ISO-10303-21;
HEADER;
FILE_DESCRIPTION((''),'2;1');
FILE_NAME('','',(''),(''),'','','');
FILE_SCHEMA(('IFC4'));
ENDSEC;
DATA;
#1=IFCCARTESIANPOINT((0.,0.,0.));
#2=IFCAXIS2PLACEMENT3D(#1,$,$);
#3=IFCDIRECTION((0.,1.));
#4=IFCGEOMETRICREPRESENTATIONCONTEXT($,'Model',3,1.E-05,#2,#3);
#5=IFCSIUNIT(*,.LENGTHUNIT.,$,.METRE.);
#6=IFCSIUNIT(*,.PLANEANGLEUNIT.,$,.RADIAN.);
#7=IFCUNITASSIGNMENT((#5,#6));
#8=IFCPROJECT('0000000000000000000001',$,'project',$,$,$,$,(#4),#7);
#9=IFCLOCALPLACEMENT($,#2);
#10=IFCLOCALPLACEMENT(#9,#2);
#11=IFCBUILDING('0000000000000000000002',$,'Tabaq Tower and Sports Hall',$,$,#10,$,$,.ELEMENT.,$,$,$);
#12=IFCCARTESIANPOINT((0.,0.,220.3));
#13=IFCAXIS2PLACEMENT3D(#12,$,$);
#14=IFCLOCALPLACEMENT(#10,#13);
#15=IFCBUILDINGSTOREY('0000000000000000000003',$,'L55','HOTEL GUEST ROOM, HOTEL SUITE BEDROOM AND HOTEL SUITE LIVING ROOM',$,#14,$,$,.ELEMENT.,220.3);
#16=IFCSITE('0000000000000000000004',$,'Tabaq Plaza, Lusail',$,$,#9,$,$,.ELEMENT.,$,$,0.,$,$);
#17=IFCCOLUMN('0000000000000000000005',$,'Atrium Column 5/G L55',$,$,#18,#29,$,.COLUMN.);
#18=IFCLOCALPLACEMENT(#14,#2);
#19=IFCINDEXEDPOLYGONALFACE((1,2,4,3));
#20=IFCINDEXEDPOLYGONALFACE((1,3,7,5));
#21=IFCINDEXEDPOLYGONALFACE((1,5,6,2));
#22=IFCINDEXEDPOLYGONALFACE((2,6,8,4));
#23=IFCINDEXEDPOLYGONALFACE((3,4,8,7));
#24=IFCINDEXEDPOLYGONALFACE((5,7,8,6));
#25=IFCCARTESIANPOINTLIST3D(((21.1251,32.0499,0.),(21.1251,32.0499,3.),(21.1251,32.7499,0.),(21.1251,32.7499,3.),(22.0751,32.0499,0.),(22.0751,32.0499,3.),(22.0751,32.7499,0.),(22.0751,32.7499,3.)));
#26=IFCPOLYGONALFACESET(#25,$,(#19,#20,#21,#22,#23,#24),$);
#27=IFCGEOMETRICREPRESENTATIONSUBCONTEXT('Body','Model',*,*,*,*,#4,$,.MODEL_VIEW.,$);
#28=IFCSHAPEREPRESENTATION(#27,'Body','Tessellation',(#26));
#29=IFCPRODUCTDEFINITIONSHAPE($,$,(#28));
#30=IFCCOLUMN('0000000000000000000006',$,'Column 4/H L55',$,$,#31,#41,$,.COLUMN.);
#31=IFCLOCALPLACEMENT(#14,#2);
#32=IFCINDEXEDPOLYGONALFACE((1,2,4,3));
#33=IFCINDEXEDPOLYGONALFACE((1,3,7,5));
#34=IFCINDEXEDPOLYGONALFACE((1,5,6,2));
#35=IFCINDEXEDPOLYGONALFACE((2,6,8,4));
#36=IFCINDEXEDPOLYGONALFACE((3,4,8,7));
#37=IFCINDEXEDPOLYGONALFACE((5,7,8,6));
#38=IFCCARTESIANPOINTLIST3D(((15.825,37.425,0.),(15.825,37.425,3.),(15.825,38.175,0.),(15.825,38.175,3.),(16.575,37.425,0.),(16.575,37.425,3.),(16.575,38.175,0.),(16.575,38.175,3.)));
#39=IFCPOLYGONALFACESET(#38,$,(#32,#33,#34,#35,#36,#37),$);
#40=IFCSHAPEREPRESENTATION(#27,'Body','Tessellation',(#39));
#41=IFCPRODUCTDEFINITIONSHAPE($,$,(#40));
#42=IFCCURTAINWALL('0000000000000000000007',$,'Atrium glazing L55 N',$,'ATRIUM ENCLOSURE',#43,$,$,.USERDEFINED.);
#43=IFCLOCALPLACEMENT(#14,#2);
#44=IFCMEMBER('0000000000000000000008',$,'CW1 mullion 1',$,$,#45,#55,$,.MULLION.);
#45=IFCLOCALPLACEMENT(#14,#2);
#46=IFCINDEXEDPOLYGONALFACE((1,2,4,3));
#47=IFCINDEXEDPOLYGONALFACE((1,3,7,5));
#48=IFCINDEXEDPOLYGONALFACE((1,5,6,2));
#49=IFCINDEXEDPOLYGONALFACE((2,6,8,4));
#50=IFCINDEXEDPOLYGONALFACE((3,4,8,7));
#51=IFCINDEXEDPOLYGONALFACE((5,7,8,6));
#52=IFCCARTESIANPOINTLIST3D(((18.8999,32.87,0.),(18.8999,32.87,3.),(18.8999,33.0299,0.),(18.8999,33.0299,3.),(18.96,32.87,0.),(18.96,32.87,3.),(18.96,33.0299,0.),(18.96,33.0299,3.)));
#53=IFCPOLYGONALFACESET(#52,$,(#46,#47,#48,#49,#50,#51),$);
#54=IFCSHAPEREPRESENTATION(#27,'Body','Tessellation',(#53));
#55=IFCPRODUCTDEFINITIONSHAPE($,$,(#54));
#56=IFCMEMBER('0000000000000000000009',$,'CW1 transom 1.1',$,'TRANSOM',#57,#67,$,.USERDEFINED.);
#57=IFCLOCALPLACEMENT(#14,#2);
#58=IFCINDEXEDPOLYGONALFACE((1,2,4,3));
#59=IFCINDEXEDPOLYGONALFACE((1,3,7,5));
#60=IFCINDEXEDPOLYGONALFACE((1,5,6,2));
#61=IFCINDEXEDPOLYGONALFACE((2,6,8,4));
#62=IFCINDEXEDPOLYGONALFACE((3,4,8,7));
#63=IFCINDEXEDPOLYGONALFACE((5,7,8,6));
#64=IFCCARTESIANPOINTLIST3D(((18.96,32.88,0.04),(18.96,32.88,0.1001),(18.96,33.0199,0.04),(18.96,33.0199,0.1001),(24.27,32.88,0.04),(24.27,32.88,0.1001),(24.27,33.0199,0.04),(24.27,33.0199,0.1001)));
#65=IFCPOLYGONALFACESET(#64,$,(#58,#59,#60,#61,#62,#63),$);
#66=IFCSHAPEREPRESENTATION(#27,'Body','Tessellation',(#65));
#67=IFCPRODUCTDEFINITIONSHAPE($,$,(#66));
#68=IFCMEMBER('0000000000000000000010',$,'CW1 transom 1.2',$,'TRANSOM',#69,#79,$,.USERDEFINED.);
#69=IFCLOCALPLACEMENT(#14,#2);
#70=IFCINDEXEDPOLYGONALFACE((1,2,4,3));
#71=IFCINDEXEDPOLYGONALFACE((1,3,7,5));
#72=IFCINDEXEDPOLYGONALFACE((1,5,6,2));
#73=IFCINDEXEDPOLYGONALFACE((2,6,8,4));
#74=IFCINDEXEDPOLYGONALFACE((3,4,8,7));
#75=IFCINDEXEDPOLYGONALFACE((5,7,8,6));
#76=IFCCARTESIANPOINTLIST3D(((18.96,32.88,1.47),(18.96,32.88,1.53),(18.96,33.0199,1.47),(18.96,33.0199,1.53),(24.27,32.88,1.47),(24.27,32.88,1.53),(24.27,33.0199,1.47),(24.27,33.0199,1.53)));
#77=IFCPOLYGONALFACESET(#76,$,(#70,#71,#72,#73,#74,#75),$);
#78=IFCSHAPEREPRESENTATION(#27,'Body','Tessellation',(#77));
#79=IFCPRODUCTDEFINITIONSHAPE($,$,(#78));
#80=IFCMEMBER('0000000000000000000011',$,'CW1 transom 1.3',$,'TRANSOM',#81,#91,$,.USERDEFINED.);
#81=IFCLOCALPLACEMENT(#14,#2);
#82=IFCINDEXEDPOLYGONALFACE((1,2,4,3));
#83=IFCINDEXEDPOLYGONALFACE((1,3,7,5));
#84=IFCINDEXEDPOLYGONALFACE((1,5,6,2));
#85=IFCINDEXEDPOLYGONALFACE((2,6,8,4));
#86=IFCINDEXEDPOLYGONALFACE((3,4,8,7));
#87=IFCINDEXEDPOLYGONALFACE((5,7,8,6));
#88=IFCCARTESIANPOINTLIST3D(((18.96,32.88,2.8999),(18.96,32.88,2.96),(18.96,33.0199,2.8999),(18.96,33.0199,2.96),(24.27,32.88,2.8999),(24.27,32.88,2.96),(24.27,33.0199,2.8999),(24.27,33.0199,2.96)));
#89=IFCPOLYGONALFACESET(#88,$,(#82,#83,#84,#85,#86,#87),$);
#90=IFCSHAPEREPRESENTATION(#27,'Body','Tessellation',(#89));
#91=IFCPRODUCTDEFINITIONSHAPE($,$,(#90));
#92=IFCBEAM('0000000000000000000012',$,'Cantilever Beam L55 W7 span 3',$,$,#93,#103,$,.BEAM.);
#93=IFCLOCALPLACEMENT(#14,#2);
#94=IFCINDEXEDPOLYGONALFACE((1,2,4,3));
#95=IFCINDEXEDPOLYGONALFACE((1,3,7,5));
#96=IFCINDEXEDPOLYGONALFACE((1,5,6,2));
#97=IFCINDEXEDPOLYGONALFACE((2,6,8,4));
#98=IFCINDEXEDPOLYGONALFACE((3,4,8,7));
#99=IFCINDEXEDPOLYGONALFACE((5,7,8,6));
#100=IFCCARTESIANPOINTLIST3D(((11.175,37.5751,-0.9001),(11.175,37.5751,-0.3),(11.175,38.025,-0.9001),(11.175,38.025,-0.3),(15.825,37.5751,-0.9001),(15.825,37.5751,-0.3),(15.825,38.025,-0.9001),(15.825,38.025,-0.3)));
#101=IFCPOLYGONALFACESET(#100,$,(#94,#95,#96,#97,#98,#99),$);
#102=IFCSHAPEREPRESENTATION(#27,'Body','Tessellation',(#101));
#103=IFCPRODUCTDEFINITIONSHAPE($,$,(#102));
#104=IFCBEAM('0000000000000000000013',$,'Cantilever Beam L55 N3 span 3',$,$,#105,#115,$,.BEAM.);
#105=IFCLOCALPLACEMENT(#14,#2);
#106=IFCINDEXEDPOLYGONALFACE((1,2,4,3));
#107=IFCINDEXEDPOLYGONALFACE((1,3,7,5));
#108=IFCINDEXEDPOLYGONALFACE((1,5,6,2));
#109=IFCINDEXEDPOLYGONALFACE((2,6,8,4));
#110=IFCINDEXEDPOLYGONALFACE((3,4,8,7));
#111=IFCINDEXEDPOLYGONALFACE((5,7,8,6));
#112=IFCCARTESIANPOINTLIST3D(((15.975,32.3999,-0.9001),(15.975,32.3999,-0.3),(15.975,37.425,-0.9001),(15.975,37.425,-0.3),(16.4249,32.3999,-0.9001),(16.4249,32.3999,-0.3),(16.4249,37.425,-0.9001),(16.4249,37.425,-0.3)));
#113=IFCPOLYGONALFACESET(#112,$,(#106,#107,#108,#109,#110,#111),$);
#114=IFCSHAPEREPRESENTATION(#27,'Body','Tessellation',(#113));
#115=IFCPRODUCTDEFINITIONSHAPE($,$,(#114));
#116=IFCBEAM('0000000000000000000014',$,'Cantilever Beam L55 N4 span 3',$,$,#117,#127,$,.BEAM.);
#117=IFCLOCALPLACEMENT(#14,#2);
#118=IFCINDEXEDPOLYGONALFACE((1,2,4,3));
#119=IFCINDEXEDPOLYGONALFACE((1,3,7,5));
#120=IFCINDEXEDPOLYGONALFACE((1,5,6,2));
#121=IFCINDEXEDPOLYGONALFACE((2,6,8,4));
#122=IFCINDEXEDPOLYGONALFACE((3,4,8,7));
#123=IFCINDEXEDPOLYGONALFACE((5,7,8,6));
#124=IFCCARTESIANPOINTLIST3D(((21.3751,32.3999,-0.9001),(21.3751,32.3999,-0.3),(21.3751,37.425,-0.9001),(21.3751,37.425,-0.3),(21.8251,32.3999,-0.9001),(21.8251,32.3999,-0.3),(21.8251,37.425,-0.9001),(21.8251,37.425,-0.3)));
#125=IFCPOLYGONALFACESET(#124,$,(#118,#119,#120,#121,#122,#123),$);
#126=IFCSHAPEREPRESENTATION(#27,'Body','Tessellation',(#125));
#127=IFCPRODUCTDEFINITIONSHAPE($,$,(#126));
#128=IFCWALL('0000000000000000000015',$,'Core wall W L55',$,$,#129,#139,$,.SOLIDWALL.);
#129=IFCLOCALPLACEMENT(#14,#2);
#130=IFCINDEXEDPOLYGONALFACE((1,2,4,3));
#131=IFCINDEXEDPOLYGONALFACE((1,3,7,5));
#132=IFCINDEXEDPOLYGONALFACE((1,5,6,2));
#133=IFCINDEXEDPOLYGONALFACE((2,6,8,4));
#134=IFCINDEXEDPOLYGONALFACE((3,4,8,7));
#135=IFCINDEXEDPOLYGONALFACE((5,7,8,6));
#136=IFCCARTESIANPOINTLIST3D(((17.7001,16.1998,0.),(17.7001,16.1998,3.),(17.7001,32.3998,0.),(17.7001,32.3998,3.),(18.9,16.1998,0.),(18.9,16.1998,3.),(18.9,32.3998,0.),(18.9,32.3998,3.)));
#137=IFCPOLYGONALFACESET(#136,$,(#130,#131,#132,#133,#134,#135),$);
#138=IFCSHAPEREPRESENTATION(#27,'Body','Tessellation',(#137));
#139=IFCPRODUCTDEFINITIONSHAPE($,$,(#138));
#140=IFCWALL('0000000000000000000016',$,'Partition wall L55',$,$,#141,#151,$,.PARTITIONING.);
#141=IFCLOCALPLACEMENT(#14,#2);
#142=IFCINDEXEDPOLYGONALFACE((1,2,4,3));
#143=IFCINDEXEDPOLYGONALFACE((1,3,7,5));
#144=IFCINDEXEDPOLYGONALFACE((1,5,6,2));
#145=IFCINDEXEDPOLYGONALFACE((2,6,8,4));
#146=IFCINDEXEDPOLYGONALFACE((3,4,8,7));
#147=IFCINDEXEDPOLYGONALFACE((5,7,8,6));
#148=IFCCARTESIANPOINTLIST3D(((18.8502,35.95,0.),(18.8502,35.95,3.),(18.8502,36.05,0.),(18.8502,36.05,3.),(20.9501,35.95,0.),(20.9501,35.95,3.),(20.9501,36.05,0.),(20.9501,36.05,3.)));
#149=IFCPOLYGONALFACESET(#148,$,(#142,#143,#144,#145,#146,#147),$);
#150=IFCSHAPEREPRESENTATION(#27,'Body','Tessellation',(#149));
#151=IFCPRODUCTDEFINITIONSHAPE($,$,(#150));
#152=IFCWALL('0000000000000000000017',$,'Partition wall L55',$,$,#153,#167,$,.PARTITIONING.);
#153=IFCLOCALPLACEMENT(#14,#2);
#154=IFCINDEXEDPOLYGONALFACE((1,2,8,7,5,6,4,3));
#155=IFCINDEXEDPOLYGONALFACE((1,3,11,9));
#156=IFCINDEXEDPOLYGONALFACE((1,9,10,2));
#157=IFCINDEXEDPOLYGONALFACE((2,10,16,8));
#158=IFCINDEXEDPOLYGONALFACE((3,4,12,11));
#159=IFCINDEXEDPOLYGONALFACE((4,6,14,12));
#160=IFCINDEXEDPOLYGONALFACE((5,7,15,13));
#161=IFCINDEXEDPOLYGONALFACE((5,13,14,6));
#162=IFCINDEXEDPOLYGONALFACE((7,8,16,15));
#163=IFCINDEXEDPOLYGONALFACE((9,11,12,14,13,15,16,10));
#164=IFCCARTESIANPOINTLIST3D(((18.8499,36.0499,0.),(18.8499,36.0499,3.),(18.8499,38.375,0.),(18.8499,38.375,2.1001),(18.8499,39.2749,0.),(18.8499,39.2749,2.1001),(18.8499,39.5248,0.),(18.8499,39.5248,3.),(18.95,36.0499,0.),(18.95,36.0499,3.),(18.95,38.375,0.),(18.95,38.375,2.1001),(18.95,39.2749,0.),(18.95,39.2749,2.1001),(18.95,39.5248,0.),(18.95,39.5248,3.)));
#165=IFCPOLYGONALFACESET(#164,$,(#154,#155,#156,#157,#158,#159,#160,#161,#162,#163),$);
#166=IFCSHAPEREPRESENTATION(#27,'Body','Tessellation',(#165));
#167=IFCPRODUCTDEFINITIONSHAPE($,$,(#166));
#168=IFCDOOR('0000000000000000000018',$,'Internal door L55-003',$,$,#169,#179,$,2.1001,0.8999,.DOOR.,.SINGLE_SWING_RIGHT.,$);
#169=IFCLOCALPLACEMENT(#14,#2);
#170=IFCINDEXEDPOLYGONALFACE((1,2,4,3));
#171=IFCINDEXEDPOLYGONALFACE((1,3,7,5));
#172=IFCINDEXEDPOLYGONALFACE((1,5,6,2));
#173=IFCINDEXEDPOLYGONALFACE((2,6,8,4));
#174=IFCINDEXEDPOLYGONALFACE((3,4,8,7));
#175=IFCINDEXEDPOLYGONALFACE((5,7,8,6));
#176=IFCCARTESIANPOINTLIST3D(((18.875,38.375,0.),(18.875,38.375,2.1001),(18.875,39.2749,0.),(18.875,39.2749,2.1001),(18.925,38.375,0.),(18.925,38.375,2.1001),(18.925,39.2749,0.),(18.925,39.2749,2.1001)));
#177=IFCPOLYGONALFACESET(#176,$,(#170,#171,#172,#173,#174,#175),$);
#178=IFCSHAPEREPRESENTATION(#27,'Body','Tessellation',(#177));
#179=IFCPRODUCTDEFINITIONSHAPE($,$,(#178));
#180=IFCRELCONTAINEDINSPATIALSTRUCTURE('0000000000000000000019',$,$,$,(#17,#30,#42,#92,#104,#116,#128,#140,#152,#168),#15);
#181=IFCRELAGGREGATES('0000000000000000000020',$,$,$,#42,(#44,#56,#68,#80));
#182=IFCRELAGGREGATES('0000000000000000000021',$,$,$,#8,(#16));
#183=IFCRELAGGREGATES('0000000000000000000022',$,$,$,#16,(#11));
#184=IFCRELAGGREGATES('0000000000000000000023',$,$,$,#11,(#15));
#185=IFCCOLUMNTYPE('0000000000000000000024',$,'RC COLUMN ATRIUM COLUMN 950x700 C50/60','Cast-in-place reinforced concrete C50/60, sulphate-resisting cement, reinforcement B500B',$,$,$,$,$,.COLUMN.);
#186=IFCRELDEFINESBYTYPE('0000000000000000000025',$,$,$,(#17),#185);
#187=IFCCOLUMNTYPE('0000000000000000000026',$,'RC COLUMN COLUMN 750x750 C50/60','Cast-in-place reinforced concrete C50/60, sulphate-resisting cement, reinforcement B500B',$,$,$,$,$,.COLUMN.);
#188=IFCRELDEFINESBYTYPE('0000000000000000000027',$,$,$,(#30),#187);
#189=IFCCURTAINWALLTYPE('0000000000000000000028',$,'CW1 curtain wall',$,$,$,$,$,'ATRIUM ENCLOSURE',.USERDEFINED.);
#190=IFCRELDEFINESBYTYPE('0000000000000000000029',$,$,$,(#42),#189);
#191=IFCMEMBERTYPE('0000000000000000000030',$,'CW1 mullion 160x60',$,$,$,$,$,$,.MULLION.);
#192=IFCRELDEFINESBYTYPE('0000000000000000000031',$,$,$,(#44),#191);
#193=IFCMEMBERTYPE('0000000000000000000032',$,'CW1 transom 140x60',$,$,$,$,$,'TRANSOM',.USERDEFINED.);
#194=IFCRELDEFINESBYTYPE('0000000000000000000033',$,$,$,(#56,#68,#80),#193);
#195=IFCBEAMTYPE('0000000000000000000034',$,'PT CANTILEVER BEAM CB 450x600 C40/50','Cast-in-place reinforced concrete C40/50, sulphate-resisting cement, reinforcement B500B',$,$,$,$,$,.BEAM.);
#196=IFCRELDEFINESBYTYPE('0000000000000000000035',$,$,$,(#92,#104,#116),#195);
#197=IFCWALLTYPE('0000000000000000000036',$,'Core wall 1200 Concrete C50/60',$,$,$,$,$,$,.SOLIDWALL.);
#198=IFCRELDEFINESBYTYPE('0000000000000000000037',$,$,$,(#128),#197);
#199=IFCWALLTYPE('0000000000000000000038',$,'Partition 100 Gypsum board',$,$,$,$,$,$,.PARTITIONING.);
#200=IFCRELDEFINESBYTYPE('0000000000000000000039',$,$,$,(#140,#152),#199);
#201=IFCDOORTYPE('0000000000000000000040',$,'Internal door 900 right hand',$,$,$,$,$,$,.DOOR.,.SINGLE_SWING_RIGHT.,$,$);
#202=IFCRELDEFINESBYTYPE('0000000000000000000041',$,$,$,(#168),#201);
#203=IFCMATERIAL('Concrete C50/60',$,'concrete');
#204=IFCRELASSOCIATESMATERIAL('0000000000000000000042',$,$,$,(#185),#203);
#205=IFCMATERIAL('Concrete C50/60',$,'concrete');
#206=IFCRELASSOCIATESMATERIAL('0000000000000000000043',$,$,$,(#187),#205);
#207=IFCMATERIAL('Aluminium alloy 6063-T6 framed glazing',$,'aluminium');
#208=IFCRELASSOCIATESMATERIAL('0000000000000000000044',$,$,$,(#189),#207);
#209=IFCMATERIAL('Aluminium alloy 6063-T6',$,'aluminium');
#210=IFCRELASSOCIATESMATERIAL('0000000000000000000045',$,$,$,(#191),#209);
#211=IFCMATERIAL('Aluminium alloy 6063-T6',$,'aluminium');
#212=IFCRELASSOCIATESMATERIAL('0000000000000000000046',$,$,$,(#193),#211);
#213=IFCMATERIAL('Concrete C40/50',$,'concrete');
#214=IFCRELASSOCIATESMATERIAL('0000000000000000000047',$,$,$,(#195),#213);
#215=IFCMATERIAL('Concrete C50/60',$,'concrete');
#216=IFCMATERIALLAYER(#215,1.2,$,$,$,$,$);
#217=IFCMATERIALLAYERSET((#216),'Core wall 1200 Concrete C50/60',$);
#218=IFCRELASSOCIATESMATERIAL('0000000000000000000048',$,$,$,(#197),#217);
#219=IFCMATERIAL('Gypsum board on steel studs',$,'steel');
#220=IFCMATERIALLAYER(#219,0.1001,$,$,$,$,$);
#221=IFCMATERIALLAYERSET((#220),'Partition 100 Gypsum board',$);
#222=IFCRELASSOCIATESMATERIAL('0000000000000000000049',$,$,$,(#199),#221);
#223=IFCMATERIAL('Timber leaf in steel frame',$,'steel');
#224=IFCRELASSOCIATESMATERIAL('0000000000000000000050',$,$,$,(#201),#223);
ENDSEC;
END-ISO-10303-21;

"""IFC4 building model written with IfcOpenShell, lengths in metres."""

from ifc_helpers import new_model, si_unit, direction, frame, frame_2d, origin, origin_2d, place, context, subcontext, project, spatial, rectangle, extrude, material, layer, layer_set, material_profile, profile_set, type_object, element, fill, aggregate, save


model = new_model("IFC4")

# Units and contexts
model_context = context("Model", 3, precision=1e-05, world=origin(), true_north=direction((0.0, 1.0)))
body_context = subcontext(model_context, "Body", "Model", "MODEL_VIEW")
ifc_project = project(units=[si_unit("LENGTHUNIT", "METRE"), si_unit("PLANEANGLEUNIT", "RADIAN")], contexts=[model_context])

# Site, building, storey
site_placement = place(None, origin())
site = spatial("IfcSite", under=ifc_project, at=site_placement, Name="Tabaq Plaza, Lusail", CompositionType="ELEMENT", RefElevation=0.0)
building_placement = place(site_placement, origin())
building = spatial("IfcBuilding", under=site, at=building_placement, Name="Tabaq Tower and Sports Hall", CompositionType="ELEMENT")
storey_placement = place(building_placement, frame((0.0, 0.0, 220.3)))
storey = spatial("IfcBuildingStorey", under=building, at=storey_placement, Name="L55", Description="HOTEL GUEST ROOM, HOTEL SUITE BEDROOM AND HOTEL SUITE LIVING ROOM", CompositionType="ELEMENT", Elevation=220.3)

# Columns
ifc_material_1 = material(Name="Concrete C50/60", Category="concrete")
ifc_material_profile_1 = material_profile(ifc_material_1, rectangle(XDim=0.95, YDim=0.7, at=origin_2d()), Name="ATRIUM COLUMN 950x700")
ifc_profile_set_1 = profile_set([ifc_material_profile_1], Name="Concrete C50/60")
column_type_1 = type_object("IfcColumnType", Name="RC COLUMN ATRIUM COLUMN 950x700 C50/60", Description="Cast-in-place reinforced concrete C50/60, sulphate-resisting cement, reinforcement B500B", PredefinedType="COLUMN", material=ifc_profile_set_1)
column_1_placement = place(storey_placement, frame((21.6001, 32.3999, 0.0), z_axis=(0.0, 0.0, 1.0), x_axis=(1.0, 0.0, 0.0)))
element("IfcColumn", 1, at=column_1_placement, inside=storey, type_object=column_type_1, Name="Atrium Column 5/G L55", PredefinedType="COLUMN", context=body_context, shape_type="SweptSolid", body=[
    extrude(rectangle(XDim=0.95, YDim=0.7, at=origin_2d()), origin(), (0.0, 0.0, 1.0), 3.0),
])
ifc_material_2 = material(Name="Concrete C50/60", Category="concrete")
ifc_material_profile_2 = material_profile(ifc_material_2, rectangle(XDim=0.75, YDim=0.75, at=origin_2d()), Name="COLUMN 750x750")
ifc_profile_set_2 = profile_set([ifc_material_profile_2], Name="Concrete C50/60")
column_type_2 = type_object("IfcColumnType", Name="RC COLUMN COLUMN 750x750 C50/60", Description="Cast-in-place reinforced concrete C50/60, sulphate-resisting cement, reinforcement B500B", PredefinedType="COLUMN", material=ifc_profile_set_2)
column_2_placement = place(storey_placement, frame((16.2, 37.8, 0.0), z_axis=(0.0, 0.0, 1.0), x_axis=(1.0, 0.0, 0.0)))
element("IfcColumn", 2, at=column_2_placement, inside=storey, type_object=column_type_2, Name="Column 4/H L55", PredefinedType="COLUMN", context=body_context, shape_type="SweptSolid", body=[
    extrude(rectangle(XDim=0.75, YDim=0.75, at=origin_2d()), origin(), (0.0, 0.0, 1.0), 3.0),
])

# Curtain wall, members
ifc_material_3 = material(Name="Aluminium alloy 6063-T6 framed glazing", Category="aluminium")
curtain_wall_type = type_object("IfcCurtainWallType", Name="CW1 curtain wall", ElementType="ATRIUM ENCLOSURE", PredefinedType="USERDEFINED", material=ifc_material_3)
curtain_wall_placement = place(storey_placement, origin())
curtain_wall = element("IfcCurtainWall", 3, at=curtain_wall_placement, inside=storey, type_object=curtain_wall_type, Name="Atrium glazing L55 N", ObjectType="ATRIUM ENCLOSURE", PredefinedType="USERDEFINED")
ifc_material_4 = material(Name="Aluminium alloy 6063-T6", Category="aluminium")
ifc_material_profile_3 = material_profile(ifc_material_4, rectangle(XDim=0.1599, YDim=0.0601, at=origin_2d()), Name="MULLION 160x60")
ifc_profile_set_3 = profile_set([ifc_material_profile_3], Name="Aluminium alloy 6063-T6")
member_type_1 = type_object("IfcMemberType", Name="CW1 mullion 160x60", PredefinedType="MULLION", material=ifc_profile_set_3)
member_1_placement = place(storey_placement, frame((18.9299, 32.95, 0.0), z_axis=(0.0, 0.0, 1.0), x_axis=(0.0, 1.0, 0.0)))
member_1 = element("IfcMember", 4, at=member_1_placement, type_object=member_type_1, Name="CW1 mullion 1", PredefinedType="MULLION", context=body_context, shape_type="SweptSolid", body=[
    extrude(rectangle(XDim=0.1599, YDim=0.0601, at=origin_2d()), origin(), (0.0, 0.0, 1.0), 3.0),
])
ifc_material_5 = material(Name="Aluminium alloy 6063-T6", Category="aluminium")
ifc_material_profile_4 = material_profile(ifc_material_5, rectangle(XDim=0.1399, YDim=0.0601, at=origin_2d()), Name="TRANSOM 140x60")
ifc_profile_set_4 = profile_set([ifc_material_profile_4], Name="Aluminium alloy 6063-T6")
member_type_2 = type_object("IfcMemberType", Name="CW1 transom 140x60", ElementType="TRANSOM", PredefinedType="USERDEFINED", material=ifc_profile_set_4)
member_2_placement = place(storey_placement, frame((18.96, 32.95, 0.0701), z_axis=(1.0, 0.0, 0.0), x_axis=(0.0, 1.0, 0.0)))
member_2 = element("IfcMember", 5, at=member_2_placement, type_object=member_type_2, Name="CW1 transom 1.1", ObjectType="TRANSOM", PredefinedType="USERDEFINED", context=body_context, shape_type="SweptSolid", body=[
    extrude(rectangle(XDim=0.1399, YDim=0.0601, at=origin_2d()), origin(), (0.0, 0.0, 1.0), 5.3101),
])
member_3_placement = place(storey_placement, frame((18.96, 32.95, 1.5), z_axis=(1.0, 0.0, 0.0), x_axis=(0.0, 1.0, 0.0)))
member_3 = element("IfcMember", 6, at=member_3_placement, type_object=member_type_2, Name="CW1 transom 1.2", ObjectType="TRANSOM", PredefinedType="USERDEFINED", context=body_context, shape_type="SweptSolid", body=[
    extrude(rectangle(XDim=0.1399, YDim=0.0601, at=origin_2d()), origin(), (0.0, 0.0, 1.0), 5.3101),
])
member_4_placement = place(storey_placement, frame((18.96, 32.95, 2.9299), z_axis=(1.0, 0.0, 0.0), x_axis=(0.0, 1.0, 0.0)))
member_4 = element("IfcMember", 7, at=member_4_placement, type_object=member_type_2, Name="CW1 transom 1.3", ObjectType="TRANSOM", PredefinedType="USERDEFINED", context=body_context, shape_type="SweptSolid", body=[
    extrude(rectangle(XDim=0.1399, YDim=0.0601, at=origin_2d()), origin(), (0.0, 0.0, 1.0), 5.3101),
])
aggregate(curtain_wall, [member_1, member_2, member_3, member_4])

# Beams
ifc_material_6 = material(Name="Concrete C40/50", Category="concrete")
ifc_material_profile_5 = material_profile(ifc_material_6, rectangle(XDim=0.45, YDim=0.6001, at=origin_2d()), Name="CB 450x600")
ifc_profile_set_5 = profile_set([ifc_material_profile_5], Name="Concrete C40/50")
beam_type = type_object("IfcBeamType", Name="PT CANTILEVER BEAM CB 450x600 C40/50", Description="Cast-in-place reinforced concrete C40/50, sulphate-resisting cement, reinforcement B500B", PredefinedType="BEAM", material=ifc_profile_set_5)
beam_placement = place(storey_placement, frame((11.175, 37.8, -0.6001), z_axis=(1.0, 0.0, 0.0), x_axis=(0.0, 1.0, 0.0)))
element("IfcBeam", 8, at=beam_placement, inside=storey, type_object=beam_type, Name="Cantilever Beam L55 W7 span 3", PredefinedType="BEAM", context=body_context, shape_type="SweptSolid", body=[
    extrude(rectangle(XDim=0.45, YDim=0.6001, at=origin_2d()), origin(), (0.0, 0.0, 1.0), 4.6499),
])
for number, where, z_axis, x_axis, name in (
    (9, (16.2, 37.425, -0.6001), (0.0, -1.0, 0.0), (1.0, 0.0, 0.0), "Cantilever Beam L55 N3 span 3"),
    (10, (21.6001, 37.425, -0.6001), (0.0, -1.0, 0.0), (1.0, 0.0, 0.0), "Cantilever Beam L55 N4 span 3"),
):
    element("IfcBeam", number, at=place(storey_placement, frame(where, z_axis=z_axis, x_axis=x_axis)), inside=storey, type_object=beam_type, Name=name, PredefinedType="BEAM", context=body_context, shape_type="SweptSolid", body=[
        extrude(rectangle(XDim=0.45, YDim=0.6001, at=origin_2d()), origin(), (0.0, 0.0, 1.0), 5.0251),
    ])

# Walls
ifc_material_7 = material(Name="Concrete C50/60", Category="concrete")
ifc_layer_1 = layer(ifc_material_7, 1.2)
ifc_layer_set_1 = layer_set([ifc_layer_1], Name="Core wall 1200 Concrete C50/60")
wall_type_1 = type_object("IfcWallType", Name="Core wall 1200 Concrete C50/60", PredefinedType="SOLIDWALL", material=ifc_layer_set_1)
wall_1_placement = place(storey_placement, frame((18.3, 32.3999, 0.0), z_axis=(0.0, 0.0, 1.0), x_axis=(0.0, -1.0, 0.0)))
element("IfcWall", 11, at=wall_1_placement, inside=storey, type_object=wall_type_1, Name="Core wall W L55", PredefinedType="SOLIDWALL", context=body_context, shape_type="SweptSolid", body=[
    extrude(rectangle(XDim=16.2, YDim=1.2, at=frame_2d((8.1001, 0.0))), origin(), (0.0, 0.0, 1.0), 3.0),
])
ifc_material_8 = material(Name="Gypsum board on steel studs", Category="steel")
ifc_layer_2 = layer(ifc_material_8, 0.1001)
ifc_layer_set_2 = layer_set([ifc_layer_2], Name="Partition 100 Gypsum board")
wall_type_2 = type_object("IfcWallType", Name="Partition 100 Gypsum board", PredefinedType="PARTITIONING", material=ifc_layer_set_2)
wall_2_placement = place(storey_placement, frame((20.95, 36.0, 0.0), z_axis=(0.0, 0.0, 1.0), x_axis=(-1.0, 0.0, 0.0)))
element("IfcWall", 12, at=wall_2_placement, inside=storey, type_object=wall_type_2, Name="Partition wall L55", PredefinedType="PARTITIONING", context=body_context, shape_type="SweptSolid", body=[
    extrude(rectangle(XDim=2.0999, YDim=0.1001, at=frame_2d((1.0498, 0.0))), origin(), (0.0, 0.0, 1.0), 3.0),
])

# Wall, opening, door
wall_3_placement = place(storey_placement, frame((18.8999, 36.05, 0.0), z_axis=(0.0, 0.0, 1.0), x_axis=(0.0, 1.0, 0.0)))
wall_3 = element("IfcWall", 13, at=wall_3_placement, inside=storey, type_object=wall_type_2, Name="Partition wall L55", PredefinedType="PARTITIONING", context=body_context, shape_type="SweptSolid", body=[
    extrude(rectangle(XDim=3.4749, YDim=0.1001, at=frame_2d((1.7373, 0.0))), origin(), (0.0, 0.0, 1.0), 3.0),
])
opening_1_placement = place(wall_3_placement, frame((2.325, 0.0, 0.0)))
opening_1 = element("IfcOpeningElement", 14, at=opening_1_placement, cuts=wall_3, PredefinedType="OPENING", context=body_context, shape_type="SweptSolid", body=[
    extrude(rectangle(XDim=0.8999, YDim=2.1001, at=frame_2d((0.45, 1.05))), frame((0.0, 0.05, 0.0), z_axis=(0.0, -1.0, 0.0), x_axis=(1.0, 0.0, 0.0)), (0.0, 0.0, 1.0), 0.1001),
])
ifc_material_9 = material(Name="Timber leaf in steel frame", Category="steel")
door_type_1 = type_object("IfcDoorType", Name="Internal door 900 right hand", OperationType="SINGLE_SWING_RIGHT", PredefinedType="DOOR", material=ifc_material_9)
door_1_placement = place(opening_1_placement, origin())
door_1 = element("IfcDoor", 15, at=door_1_placement, inside=storey, type_object=door_type_1, Name="Internal door L55-003", OperationType="SINGLE_SWING_RIGHT", OverallHeight=2.1001, OverallWidth=0.8999, PredefinedType="DOOR", context=body_context, shape_type="SweptSolid", body=[
    extrude(rectangle(XDim=0.8999, YDim=2.1001, at=frame_2d((0.45, 1.05))), frame((0.0, 0.0249, 0.0), z_axis=(0.0, -1.0, 0.0), x_axis=(1.0, 0.0, 0.0)), (0.0, 0.0, 1.0), 0.05),
])
fill(opening_1, door_1)

save(model, "model.ifc")
